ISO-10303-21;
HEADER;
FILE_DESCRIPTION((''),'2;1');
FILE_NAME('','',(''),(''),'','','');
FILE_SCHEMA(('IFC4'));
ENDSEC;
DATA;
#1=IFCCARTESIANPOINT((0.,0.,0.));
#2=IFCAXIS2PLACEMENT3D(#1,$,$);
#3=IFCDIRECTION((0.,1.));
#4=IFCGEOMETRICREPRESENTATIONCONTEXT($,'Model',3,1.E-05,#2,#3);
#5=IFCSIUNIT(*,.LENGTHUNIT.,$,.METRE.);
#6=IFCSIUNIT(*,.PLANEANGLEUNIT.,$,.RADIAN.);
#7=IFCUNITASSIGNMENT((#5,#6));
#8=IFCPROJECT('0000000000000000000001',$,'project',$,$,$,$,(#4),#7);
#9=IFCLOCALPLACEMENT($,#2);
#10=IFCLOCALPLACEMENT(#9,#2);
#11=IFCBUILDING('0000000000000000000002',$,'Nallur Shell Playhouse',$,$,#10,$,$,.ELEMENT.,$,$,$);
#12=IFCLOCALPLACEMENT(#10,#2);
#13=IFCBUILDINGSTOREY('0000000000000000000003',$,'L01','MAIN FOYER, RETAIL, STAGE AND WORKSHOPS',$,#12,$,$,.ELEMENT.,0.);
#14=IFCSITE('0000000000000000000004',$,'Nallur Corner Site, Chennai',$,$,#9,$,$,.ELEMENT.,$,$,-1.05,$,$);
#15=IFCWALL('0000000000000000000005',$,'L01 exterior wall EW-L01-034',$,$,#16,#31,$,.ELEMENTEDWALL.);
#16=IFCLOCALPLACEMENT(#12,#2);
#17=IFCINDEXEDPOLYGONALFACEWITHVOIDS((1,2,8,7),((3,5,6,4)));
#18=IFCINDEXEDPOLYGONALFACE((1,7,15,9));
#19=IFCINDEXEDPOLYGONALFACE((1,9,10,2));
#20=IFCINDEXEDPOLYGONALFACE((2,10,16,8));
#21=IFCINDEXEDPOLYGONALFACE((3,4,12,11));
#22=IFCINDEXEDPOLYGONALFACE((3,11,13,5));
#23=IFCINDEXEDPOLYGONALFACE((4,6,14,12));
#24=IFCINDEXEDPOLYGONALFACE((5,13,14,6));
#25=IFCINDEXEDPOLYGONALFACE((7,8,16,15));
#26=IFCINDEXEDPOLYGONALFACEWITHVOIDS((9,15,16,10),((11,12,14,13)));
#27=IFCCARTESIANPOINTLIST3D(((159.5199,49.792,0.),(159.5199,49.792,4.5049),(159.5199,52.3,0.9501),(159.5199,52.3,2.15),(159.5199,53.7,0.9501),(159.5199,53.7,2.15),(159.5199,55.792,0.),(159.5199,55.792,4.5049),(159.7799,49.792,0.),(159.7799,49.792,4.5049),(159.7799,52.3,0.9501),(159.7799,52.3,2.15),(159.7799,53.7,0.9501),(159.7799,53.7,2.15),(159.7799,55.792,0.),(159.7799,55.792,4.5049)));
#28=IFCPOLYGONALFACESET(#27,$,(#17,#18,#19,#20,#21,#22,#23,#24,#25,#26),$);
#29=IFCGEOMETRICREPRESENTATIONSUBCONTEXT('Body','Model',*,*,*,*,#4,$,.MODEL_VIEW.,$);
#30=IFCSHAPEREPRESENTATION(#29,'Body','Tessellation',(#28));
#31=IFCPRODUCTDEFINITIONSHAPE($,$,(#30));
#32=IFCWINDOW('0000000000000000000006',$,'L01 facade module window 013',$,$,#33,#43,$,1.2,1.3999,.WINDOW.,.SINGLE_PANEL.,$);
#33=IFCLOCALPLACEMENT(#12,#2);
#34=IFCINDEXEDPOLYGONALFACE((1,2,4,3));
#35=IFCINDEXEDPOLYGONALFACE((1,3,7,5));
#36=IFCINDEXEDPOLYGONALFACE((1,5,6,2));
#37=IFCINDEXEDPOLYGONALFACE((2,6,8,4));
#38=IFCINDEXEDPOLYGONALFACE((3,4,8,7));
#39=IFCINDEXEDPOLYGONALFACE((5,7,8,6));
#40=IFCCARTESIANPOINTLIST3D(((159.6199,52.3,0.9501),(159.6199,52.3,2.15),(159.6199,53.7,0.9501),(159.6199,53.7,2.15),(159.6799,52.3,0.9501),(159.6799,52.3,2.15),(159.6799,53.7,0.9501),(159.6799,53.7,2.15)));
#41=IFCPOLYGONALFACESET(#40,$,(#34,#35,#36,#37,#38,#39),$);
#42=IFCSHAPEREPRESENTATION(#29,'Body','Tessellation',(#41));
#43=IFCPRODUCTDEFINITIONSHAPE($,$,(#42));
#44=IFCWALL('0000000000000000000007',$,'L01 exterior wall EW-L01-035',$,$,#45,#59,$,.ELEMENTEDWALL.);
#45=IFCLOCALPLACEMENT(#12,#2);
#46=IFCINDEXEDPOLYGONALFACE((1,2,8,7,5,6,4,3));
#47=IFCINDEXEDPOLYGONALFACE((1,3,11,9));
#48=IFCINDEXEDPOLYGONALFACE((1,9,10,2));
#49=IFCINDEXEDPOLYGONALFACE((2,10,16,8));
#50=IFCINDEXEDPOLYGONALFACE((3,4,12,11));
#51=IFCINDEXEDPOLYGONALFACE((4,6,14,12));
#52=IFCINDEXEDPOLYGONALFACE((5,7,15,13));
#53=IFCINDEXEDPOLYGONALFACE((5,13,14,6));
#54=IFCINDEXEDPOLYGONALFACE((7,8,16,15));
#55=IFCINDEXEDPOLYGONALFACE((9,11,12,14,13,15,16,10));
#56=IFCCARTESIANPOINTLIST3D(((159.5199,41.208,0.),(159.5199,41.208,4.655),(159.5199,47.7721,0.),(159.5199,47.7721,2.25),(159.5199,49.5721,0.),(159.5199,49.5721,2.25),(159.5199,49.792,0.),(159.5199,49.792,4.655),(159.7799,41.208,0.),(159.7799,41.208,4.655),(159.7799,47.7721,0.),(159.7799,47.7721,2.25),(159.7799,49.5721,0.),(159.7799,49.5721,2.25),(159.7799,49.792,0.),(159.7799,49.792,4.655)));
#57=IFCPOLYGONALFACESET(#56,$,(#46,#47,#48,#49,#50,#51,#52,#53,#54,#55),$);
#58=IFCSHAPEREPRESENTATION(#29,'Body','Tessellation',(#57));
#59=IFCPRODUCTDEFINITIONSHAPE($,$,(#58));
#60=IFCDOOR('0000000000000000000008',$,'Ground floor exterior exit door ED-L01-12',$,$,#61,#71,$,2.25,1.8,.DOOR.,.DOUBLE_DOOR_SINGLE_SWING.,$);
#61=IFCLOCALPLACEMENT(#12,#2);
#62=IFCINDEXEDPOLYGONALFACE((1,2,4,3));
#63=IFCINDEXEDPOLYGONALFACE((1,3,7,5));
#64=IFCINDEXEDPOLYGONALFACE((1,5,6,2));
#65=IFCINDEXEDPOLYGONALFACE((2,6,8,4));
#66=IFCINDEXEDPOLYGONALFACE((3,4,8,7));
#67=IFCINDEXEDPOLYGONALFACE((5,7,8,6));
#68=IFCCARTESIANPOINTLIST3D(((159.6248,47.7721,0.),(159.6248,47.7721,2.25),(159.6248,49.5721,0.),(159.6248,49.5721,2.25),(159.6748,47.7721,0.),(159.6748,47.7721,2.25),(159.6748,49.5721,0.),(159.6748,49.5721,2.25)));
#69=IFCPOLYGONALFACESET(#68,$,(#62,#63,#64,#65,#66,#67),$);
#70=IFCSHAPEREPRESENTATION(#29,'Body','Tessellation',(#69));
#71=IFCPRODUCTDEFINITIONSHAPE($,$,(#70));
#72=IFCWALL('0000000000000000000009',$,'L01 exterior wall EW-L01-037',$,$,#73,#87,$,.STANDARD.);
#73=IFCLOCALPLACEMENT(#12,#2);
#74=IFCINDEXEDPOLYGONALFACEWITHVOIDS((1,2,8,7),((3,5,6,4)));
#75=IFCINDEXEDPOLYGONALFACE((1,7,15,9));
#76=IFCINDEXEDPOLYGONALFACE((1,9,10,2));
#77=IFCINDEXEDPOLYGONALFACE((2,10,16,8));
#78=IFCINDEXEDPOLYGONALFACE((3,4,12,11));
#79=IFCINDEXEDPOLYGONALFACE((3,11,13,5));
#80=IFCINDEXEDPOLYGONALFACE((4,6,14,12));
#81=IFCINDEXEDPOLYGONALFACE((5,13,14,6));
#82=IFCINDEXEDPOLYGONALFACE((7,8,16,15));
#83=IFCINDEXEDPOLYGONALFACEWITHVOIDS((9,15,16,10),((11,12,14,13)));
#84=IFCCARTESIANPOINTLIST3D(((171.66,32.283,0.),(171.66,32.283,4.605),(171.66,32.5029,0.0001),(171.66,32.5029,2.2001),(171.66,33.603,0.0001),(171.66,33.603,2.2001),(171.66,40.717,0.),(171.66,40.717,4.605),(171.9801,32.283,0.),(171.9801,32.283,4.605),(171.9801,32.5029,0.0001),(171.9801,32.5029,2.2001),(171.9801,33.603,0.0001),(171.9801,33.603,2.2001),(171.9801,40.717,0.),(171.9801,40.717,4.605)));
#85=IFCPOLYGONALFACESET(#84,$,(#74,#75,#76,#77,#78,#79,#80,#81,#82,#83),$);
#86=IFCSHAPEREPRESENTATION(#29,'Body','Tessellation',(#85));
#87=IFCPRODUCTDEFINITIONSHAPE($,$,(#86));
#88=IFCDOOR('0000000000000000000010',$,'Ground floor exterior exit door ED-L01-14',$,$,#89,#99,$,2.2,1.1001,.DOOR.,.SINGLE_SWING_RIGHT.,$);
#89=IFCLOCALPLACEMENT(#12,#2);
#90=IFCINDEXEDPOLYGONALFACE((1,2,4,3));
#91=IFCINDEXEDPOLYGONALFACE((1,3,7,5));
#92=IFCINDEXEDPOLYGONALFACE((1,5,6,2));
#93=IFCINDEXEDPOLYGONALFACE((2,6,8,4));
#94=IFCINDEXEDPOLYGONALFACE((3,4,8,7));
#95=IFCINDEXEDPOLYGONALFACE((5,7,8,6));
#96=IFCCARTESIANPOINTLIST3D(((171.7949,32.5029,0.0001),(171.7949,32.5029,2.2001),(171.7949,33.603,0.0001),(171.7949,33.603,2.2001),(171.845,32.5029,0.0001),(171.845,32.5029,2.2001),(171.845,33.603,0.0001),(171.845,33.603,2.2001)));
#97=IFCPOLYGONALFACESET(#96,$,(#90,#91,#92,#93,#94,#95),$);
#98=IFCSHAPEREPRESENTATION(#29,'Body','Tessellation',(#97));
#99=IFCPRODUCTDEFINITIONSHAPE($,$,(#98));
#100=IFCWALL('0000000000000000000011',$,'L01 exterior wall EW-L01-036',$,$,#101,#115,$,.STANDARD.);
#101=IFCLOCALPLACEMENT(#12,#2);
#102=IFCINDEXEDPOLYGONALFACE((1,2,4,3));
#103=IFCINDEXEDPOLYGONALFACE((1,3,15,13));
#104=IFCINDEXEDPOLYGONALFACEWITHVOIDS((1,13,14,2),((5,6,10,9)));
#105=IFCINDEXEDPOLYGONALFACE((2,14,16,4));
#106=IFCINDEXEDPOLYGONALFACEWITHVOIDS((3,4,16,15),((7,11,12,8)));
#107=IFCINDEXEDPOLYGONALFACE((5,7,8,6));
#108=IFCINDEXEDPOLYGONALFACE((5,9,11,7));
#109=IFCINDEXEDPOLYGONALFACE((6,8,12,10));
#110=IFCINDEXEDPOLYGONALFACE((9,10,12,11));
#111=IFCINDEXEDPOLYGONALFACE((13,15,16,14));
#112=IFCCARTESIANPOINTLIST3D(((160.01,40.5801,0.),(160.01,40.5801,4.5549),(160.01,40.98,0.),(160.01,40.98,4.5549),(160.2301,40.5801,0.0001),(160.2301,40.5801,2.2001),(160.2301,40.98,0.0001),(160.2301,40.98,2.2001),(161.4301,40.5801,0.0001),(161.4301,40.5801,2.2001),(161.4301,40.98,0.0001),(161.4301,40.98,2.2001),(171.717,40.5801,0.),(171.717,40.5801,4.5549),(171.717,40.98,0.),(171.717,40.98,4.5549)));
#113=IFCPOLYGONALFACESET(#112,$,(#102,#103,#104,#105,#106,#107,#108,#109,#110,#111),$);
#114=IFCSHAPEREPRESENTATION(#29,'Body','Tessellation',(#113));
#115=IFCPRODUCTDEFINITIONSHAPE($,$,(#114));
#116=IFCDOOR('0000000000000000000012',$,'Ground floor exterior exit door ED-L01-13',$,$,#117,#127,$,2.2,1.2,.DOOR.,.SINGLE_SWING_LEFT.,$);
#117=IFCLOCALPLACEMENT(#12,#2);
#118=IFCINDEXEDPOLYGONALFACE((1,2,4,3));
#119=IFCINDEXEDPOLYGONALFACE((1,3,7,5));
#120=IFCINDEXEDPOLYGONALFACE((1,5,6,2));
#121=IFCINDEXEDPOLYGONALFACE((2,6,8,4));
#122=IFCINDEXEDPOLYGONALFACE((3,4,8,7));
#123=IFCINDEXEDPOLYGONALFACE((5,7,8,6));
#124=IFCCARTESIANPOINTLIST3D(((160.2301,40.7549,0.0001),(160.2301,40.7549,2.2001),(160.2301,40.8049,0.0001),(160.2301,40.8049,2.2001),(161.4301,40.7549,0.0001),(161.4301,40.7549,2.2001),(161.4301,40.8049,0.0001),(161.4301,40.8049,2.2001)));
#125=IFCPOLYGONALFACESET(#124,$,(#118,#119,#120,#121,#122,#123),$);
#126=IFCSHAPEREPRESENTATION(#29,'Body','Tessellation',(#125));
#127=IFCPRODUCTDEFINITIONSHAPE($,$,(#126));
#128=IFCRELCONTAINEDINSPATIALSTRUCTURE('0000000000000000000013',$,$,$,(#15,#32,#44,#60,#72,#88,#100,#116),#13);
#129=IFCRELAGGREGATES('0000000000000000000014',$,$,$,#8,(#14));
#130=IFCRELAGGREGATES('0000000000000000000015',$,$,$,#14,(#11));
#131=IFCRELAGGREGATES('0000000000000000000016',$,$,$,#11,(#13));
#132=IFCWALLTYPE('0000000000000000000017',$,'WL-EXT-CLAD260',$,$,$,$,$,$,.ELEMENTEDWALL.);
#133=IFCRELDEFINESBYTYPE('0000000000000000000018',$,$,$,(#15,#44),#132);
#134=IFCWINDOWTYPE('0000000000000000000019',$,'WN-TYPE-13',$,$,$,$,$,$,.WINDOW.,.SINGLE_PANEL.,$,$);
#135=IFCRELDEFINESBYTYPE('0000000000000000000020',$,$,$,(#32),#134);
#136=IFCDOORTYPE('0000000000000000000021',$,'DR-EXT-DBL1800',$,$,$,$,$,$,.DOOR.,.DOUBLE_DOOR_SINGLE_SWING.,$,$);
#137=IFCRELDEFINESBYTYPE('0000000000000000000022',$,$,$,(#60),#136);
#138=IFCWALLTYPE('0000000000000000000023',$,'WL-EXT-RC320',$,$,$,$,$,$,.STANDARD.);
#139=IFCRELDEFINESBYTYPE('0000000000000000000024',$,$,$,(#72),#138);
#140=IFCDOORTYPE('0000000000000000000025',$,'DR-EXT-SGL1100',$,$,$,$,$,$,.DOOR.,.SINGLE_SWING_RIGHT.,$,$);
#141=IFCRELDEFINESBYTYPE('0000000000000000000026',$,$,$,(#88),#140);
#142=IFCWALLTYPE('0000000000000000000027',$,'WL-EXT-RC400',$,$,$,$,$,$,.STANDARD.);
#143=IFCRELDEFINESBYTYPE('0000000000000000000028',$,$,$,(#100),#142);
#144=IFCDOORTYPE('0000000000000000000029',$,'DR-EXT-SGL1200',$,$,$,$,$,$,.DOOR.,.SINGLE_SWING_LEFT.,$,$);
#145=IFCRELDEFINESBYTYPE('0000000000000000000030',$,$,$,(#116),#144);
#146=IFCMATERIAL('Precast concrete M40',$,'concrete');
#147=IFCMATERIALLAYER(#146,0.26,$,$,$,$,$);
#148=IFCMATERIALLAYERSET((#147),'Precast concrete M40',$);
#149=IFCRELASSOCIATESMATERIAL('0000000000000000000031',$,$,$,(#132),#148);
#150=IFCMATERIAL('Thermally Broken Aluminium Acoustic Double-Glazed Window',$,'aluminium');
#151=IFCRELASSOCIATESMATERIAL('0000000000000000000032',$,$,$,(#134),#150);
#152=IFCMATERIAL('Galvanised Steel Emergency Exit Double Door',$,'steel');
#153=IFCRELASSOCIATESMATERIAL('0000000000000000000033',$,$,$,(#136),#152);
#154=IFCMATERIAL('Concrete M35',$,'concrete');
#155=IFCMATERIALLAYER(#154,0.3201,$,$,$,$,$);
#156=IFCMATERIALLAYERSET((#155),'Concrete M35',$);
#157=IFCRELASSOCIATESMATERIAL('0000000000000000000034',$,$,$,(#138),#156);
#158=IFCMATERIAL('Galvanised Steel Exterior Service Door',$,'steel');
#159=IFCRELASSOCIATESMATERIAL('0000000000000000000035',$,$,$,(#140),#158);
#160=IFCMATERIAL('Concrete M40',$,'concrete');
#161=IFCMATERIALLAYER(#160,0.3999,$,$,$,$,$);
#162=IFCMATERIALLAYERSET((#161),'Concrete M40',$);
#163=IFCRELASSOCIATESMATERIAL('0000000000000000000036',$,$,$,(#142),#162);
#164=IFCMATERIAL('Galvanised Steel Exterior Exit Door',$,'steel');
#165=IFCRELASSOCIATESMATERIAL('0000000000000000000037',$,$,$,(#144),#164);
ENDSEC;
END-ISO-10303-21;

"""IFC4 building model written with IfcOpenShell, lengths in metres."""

from ifc_helpers import new_model, si_unit, direction, frame, frame_2d, origin, place, context, subcontext, project, spatial, rectangle, extrude, material, layer, layer_set, type_object, element, fill, save


model = new_model("IFC4")

# Units and contexts
model_context = context("Model", 3, precision=1e-05, world=origin(), true_north=direction((0.0, 1.0)))
body_context = subcontext(model_context, "Body", "Model", "MODEL_VIEW")
ifc_project = project(units=[si_unit("LENGTHUNIT", "METRE"), si_unit("PLANEANGLEUNIT", "RADIAN")], contexts=[model_context])

# Site, building, storey
site_placement = place(None, origin())
site = spatial("IfcSite", under=ifc_project, at=site_placement, Name="Nallur Corner Site, Chennai", CompositionType="ELEMENT", RefElevation=-1.05)
building_placement = place(site_placement, origin())
building = spatial("IfcBuilding", under=site, at=building_placement, Name="Nallur Shell Playhouse", CompositionType="ELEMENT")
storey_placement = place(building_placement, origin())
storey = spatial("IfcBuildingStorey", under=building, at=storey_placement, Name="L01", Description="MAIN FOYER, RETAIL, STAGE AND WORKSHOPS", CompositionType="ELEMENT", Elevation=0.0)

# Shared definitions
ifc_material_1 = material(Name="Concrete M35", Category="concrete")

# Shared definitions
ifc_material_2 = material(Name="Concrete M40", Category="concrete")

# Wall, opening, window
ifc_material_3 = material(Name="Precast concrete M40", Category="concrete")
ifc_layer_1 = layer(ifc_material_3, 0.26)
ifc_layer_set_1 = layer_set([ifc_layer_1], Name="Precast concrete M40")
wall_type_1 = type_object("IfcWallType", Name="WL-EXT-CLAD260", PredefinedType="ELEMENTEDWALL", material=ifc_layer_set_1)
wall_1_placement = place(storey_placement, frame((159.6499, 55.792, 0.0), z_axis=(0.0, 0.0, 1.0), x_axis=(0.0, -1.0, 0.0)))
wall_1 = element("IfcWall", 1, at=wall_1_placement, inside=storey, type_object=wall_type_1, Name="L01 exterior wall EW-L01-034", PredefinedType="ELEMENTEDWALL", context=body_context, shape_type="SweptSolid", body=[
    extrude(rectangle(XDim=6.0, YDim=0.26, at=frame_2d((3.0, 0.0))), origin(), (0.0, 0.0, 1.0), 4.5049),
])
opening_1_placement = place(wall_1_placement, frame((2.092, 0.0, 0.95)))
opening_1 = element("IfcOpeningElement", 2, at=opening_1_placement, cuts=wall_1, PredefinedType="OPENING", context=body_context, shape_type="SweptSolid", body=[
    extrude(rectangle(XDim=1.3999, YDim=1.2, at=frame_2d((0.7, 0.6001))), frame((0.0, 0.1401, 0.0), z_axis=(0.0, -1.0, 0.0), x_axis=(1.0, 0.0, 0.0)), (0.0, 0.0, 1.0), 0.28),
])
ifc_material_4 = material(Name="Thermally Broken Aluminium Acoustic Double-Glazed Window", Category="aluminium")
window_type = type_object("IfcWindowType", Name="WN-TYPE-13", PartitioningType="SINGLE_PANEL", PredefinedType="WINDOW", material=ifc_material_4)
window_placement = place(opening_1_placement, origin())
window = element("IfcWindow", 3, at=window_placement, inside=storey, type_object=window_type, Name="L01 facade module window 013", OverallHeight=1.2, OverallWidth=1.3999, PartitioningType="SINGLE_PANEL", PredefinedType="WINDOW", context=body_context, shape_type="SweptSolid", body=[
    extrude(rectangle(XDim=1.3999, YDim=1.2, at=frame_2d((0.7, 0.6001))), frame((0.0, 0.03, 0.0), z_axis=(0.0, -1.0, 0.0), x_axis=(1.0, 0.0, 0.0)), (0.0, 0.0, 1.0), 0.0601),
])
fill(opening_1, window)

# Walls, openings, doors
wall_2_placement = place(storey_placement, frame((159.6499, 49.792, 0.0), z_axis=(0.0, 0.0, 1.0), x_axis=(0.0, -1.0, 0.0)))
wall_2 = element("IfcWall", 4, at=wall_2_placement, inside=storey, type_object=wall_type_1, Name="L01 exterior wall EW-L01-035", PredefinedType="ELEMENTEDWALL", context=body_context, shape_type="SweptSolid", body=[
    extrude(rectangle(XDim=8.584, YDim=0.26, at=frame_2d((4.292, 0.0))), origin(), (0.0, 0.0, 1.0), 4.655),
])
opening_2_placement = place(wall_2_placement, frame((0.22, 0.0, 0.0)))
opening_2 = element("IfcOpeningElement", 5, at=opening_2_placement, cuts=wall_2, PredefinedType="OPENING", context=body_context, shape_type="SweptSolid", body=[
    extrude(rectangle(XDim=1.8, YDim=2.25, at=frame_2d((0.8999, 1.125))), frame((0.0, 0.1401, 0.0), z_axis=(0.0, -1.0, 0.0), x_axis=(1.0, 0.0, 0.0)), (0.0, 0.0, 1.0), 0.28),
])
ifc_material_5 = material(Name="Galvanised Steel Emergency Exit Double Door", Category="steel")
door_type_1 = type_object("IfcDoorType", Name="DR-EXT-DBL1800", OperationType="DOUBLE_DOOR_SINGLE_SWING", PredefinedType="DOOR", material=ifc_material_5)
door_1_placement = place(opening_2_placement, origin())
door_1 = element("IfcDoor", 6, at=door_1_placement, inside=storey, type_object=door_type_1, Name="Ground floor exterior exit door ED-L01-12", OperationType="DOUBLE_DOOR_SINGLE_SWING", OverallHeight=2.25, OverallWidth=1.8, PredefinedType="DOOR", context=body_context, shape_type="SweptSolid", body=[
    extrude(rectangle(XDim=1.8, YDim=2.25, at=frame_2d((0.8999, 1.125))), frame((0.0, 0.0249, 0.0), z_axis=(0.0, -1.0, 0.0), x_axis=(1.0, 0.0, 0.0)), (0.0, 0.0, 1.0), 0.05),
])
fill(opening_2, door_1)
ifc_layer_2 = layer(ifc_material_1, 0.3201)
ifc_layer_set_2 = layer_set([ifc_layer_2], Name="Concrete M35")
wall_type_2 = type_object("IfcWallType", Name="WL-EXT-RC320", PredefinedType="STANDARD", material=ifc_layer_set_2)
wall_3_placement = place(storey_placement, frame((171.8201, 40.717, 0.0), z_axis=(0.0, 0.0, 1.0), x_axis=(0.0, -1.0, 0.0)))
wall_3 = element("IfcWall", 7, at=wall_3_placement, inside=storey, type_object=wall_type_2, Name="L01 exterior wall EW-L01-037", PredefinedType="STANDARD", context=body_context, shape_type="SweptSolid", body=[
    extrude(rectangle(XDim=8.4341, YDim=0.3201, at=frame_2d((4.217, 0.0))), origin(), (0.0, 0.0, 1.0), 4.605),
])
opening_3_placement = place(wall_3_placement, frame((7.114, 0.0, 0.0)))
opening_3 = element("IfcOpeningElement", 8, at=opening_3_placement, cuts=wall_3, PredefinedType="OPENING", context=body_context, shape_type="SweptSolid", body=[
    extrude(rectangle(XDim=1.1001, YDim=2.2, at=frame_2d((0.55, 1.1001))), frame((0.0, 0.1699, 0.0), z_axis=(0.0, -1.0, 0.0), x_axis=(1.0, 0.0, 0.0)), (0.0, 0.0, 1.0), 0.3401),
])
ifc_material_6 = material(Name="Galvanised Steel Exterior Service Door", Category="steel")
door_type_2 = type_object("IfcDoorType", Name="DR-EXT-SGL1100", OperationType="SINGLE_SWING_RIGHT", PredefinedType="DOOR", material=ifc_material_6)
door_2_placement = place(opening_3_placement, origin())
door_2 = element("IfcDoor", 9, at=door_2_placement, inside=storey, type_object=door_type_2, Name="Ground floor exterior exit door ED-L01-14", OperationType="SINGLE_SWING_RIGHT", OverallHeight=2.2, OverallWidth=1.1001, PredefinedType="DOOR", context=body_context, shape_type="SweptSolid", body=[
    extrude(rectangle(XDim=1.1001, YDim=2.2, at=frame_2d((0.55, 1.1001))), frame((0.0, 0.0249, 0.0), z_axis=(0.0, -1.0, 0.0), x_axis=(1.0, 0.0, 0.0)), (0.0, 0.0, 1.0), 0.05),
])
fill(opening_3, door_2)
ifc_layer_3 = layer(ifc_material_2, 0.3999)
ifc_layer_set_3 = layer_set([ifc_layer_3], Name="Concrete M40")
wall_type_3 = type_object("IfcWallType", Name="WL-EXT-RC400", PredefinedType="STANDARD", material=ifc_layer_set_3)
wall_4_placement = place(storey_placement, frame((160.01, 40.78, 0.0), z_axis=(0.0, 0.0, 1.0), x_axis=(1.0, 0.0, 0.0)))
wall_4 = element("IfcWall", 10, at=wall_4_placement, inside=storey, type_object=wall_type_3, Name="L01 exterior wall EW-L01-036", PredefinedType="STANDARD", context=body_context, shape_type="SweptSolid", body=[
    extrude(rectangle(XDim=11.707, YDim=0.3999, at=frame_2d((5.8535, 0.0))), origin(), (0.0, 0.0, 1.0), 4.5549),
])
opening_4_placement = place(wall_4_placement, frame((0.22, 0.0, 0.0)))
opening_4 = element("IfcOpeningElement", 11, at=opening_4_placement, cuts=wall_4, PredefinedType="OPENING", context=body_context, shape_type="SweptSolid", body=[
    extrude(rectangle(XDim=1.2, YDim=2.2, at=frame_2d((0.6001, 1.1001))), frame((0.0, 0.21, 0.0), z_axis=(0.0, -1.0, 0.0), x_axis=(1.0, 0.0, 0.0)), (0.0, 0.0, 1.0), 0.4199),
])
ifc_material_7 = material(Name="Galvanised Steel Exterior Exit Door", Category="steel")
door_type_3 = type_object("IfcDoorType", Name="DR-EXT-SGL1200", OperationType="SINGLE_SWING_LEFT", PredefinedType="DOOR", material=ifc_material_7)
door_3_placement = place(opening_4_placement, origin())
door_3 = element("IfcDoor", 12, at=door_3_placement, inside=storey, type_object=door_type_3, Name="Ground floor exterior exit door ED-L01-13", OperationType="SINGLE_SWING_LEFT", OverallHeight=2.2, OverallWidth=1.2, PredefinedType="DOOR", context=body_context, shape_type="SweptSolid", body=[
    extrude(rectangle(XDim=1.2, YDim=2.2, at=frame_2d((0.6001, 1.1001))), frame((0.0, 0.0249, 0.0), z_axis=(0.0, -1.0, 0.0), x_axis=(1.0, 0.0, 0.0)), (0.0, 0.0, 1.0), 0.05),
])
fill(opening_4, door_3)

save(model, "model.ifc")
